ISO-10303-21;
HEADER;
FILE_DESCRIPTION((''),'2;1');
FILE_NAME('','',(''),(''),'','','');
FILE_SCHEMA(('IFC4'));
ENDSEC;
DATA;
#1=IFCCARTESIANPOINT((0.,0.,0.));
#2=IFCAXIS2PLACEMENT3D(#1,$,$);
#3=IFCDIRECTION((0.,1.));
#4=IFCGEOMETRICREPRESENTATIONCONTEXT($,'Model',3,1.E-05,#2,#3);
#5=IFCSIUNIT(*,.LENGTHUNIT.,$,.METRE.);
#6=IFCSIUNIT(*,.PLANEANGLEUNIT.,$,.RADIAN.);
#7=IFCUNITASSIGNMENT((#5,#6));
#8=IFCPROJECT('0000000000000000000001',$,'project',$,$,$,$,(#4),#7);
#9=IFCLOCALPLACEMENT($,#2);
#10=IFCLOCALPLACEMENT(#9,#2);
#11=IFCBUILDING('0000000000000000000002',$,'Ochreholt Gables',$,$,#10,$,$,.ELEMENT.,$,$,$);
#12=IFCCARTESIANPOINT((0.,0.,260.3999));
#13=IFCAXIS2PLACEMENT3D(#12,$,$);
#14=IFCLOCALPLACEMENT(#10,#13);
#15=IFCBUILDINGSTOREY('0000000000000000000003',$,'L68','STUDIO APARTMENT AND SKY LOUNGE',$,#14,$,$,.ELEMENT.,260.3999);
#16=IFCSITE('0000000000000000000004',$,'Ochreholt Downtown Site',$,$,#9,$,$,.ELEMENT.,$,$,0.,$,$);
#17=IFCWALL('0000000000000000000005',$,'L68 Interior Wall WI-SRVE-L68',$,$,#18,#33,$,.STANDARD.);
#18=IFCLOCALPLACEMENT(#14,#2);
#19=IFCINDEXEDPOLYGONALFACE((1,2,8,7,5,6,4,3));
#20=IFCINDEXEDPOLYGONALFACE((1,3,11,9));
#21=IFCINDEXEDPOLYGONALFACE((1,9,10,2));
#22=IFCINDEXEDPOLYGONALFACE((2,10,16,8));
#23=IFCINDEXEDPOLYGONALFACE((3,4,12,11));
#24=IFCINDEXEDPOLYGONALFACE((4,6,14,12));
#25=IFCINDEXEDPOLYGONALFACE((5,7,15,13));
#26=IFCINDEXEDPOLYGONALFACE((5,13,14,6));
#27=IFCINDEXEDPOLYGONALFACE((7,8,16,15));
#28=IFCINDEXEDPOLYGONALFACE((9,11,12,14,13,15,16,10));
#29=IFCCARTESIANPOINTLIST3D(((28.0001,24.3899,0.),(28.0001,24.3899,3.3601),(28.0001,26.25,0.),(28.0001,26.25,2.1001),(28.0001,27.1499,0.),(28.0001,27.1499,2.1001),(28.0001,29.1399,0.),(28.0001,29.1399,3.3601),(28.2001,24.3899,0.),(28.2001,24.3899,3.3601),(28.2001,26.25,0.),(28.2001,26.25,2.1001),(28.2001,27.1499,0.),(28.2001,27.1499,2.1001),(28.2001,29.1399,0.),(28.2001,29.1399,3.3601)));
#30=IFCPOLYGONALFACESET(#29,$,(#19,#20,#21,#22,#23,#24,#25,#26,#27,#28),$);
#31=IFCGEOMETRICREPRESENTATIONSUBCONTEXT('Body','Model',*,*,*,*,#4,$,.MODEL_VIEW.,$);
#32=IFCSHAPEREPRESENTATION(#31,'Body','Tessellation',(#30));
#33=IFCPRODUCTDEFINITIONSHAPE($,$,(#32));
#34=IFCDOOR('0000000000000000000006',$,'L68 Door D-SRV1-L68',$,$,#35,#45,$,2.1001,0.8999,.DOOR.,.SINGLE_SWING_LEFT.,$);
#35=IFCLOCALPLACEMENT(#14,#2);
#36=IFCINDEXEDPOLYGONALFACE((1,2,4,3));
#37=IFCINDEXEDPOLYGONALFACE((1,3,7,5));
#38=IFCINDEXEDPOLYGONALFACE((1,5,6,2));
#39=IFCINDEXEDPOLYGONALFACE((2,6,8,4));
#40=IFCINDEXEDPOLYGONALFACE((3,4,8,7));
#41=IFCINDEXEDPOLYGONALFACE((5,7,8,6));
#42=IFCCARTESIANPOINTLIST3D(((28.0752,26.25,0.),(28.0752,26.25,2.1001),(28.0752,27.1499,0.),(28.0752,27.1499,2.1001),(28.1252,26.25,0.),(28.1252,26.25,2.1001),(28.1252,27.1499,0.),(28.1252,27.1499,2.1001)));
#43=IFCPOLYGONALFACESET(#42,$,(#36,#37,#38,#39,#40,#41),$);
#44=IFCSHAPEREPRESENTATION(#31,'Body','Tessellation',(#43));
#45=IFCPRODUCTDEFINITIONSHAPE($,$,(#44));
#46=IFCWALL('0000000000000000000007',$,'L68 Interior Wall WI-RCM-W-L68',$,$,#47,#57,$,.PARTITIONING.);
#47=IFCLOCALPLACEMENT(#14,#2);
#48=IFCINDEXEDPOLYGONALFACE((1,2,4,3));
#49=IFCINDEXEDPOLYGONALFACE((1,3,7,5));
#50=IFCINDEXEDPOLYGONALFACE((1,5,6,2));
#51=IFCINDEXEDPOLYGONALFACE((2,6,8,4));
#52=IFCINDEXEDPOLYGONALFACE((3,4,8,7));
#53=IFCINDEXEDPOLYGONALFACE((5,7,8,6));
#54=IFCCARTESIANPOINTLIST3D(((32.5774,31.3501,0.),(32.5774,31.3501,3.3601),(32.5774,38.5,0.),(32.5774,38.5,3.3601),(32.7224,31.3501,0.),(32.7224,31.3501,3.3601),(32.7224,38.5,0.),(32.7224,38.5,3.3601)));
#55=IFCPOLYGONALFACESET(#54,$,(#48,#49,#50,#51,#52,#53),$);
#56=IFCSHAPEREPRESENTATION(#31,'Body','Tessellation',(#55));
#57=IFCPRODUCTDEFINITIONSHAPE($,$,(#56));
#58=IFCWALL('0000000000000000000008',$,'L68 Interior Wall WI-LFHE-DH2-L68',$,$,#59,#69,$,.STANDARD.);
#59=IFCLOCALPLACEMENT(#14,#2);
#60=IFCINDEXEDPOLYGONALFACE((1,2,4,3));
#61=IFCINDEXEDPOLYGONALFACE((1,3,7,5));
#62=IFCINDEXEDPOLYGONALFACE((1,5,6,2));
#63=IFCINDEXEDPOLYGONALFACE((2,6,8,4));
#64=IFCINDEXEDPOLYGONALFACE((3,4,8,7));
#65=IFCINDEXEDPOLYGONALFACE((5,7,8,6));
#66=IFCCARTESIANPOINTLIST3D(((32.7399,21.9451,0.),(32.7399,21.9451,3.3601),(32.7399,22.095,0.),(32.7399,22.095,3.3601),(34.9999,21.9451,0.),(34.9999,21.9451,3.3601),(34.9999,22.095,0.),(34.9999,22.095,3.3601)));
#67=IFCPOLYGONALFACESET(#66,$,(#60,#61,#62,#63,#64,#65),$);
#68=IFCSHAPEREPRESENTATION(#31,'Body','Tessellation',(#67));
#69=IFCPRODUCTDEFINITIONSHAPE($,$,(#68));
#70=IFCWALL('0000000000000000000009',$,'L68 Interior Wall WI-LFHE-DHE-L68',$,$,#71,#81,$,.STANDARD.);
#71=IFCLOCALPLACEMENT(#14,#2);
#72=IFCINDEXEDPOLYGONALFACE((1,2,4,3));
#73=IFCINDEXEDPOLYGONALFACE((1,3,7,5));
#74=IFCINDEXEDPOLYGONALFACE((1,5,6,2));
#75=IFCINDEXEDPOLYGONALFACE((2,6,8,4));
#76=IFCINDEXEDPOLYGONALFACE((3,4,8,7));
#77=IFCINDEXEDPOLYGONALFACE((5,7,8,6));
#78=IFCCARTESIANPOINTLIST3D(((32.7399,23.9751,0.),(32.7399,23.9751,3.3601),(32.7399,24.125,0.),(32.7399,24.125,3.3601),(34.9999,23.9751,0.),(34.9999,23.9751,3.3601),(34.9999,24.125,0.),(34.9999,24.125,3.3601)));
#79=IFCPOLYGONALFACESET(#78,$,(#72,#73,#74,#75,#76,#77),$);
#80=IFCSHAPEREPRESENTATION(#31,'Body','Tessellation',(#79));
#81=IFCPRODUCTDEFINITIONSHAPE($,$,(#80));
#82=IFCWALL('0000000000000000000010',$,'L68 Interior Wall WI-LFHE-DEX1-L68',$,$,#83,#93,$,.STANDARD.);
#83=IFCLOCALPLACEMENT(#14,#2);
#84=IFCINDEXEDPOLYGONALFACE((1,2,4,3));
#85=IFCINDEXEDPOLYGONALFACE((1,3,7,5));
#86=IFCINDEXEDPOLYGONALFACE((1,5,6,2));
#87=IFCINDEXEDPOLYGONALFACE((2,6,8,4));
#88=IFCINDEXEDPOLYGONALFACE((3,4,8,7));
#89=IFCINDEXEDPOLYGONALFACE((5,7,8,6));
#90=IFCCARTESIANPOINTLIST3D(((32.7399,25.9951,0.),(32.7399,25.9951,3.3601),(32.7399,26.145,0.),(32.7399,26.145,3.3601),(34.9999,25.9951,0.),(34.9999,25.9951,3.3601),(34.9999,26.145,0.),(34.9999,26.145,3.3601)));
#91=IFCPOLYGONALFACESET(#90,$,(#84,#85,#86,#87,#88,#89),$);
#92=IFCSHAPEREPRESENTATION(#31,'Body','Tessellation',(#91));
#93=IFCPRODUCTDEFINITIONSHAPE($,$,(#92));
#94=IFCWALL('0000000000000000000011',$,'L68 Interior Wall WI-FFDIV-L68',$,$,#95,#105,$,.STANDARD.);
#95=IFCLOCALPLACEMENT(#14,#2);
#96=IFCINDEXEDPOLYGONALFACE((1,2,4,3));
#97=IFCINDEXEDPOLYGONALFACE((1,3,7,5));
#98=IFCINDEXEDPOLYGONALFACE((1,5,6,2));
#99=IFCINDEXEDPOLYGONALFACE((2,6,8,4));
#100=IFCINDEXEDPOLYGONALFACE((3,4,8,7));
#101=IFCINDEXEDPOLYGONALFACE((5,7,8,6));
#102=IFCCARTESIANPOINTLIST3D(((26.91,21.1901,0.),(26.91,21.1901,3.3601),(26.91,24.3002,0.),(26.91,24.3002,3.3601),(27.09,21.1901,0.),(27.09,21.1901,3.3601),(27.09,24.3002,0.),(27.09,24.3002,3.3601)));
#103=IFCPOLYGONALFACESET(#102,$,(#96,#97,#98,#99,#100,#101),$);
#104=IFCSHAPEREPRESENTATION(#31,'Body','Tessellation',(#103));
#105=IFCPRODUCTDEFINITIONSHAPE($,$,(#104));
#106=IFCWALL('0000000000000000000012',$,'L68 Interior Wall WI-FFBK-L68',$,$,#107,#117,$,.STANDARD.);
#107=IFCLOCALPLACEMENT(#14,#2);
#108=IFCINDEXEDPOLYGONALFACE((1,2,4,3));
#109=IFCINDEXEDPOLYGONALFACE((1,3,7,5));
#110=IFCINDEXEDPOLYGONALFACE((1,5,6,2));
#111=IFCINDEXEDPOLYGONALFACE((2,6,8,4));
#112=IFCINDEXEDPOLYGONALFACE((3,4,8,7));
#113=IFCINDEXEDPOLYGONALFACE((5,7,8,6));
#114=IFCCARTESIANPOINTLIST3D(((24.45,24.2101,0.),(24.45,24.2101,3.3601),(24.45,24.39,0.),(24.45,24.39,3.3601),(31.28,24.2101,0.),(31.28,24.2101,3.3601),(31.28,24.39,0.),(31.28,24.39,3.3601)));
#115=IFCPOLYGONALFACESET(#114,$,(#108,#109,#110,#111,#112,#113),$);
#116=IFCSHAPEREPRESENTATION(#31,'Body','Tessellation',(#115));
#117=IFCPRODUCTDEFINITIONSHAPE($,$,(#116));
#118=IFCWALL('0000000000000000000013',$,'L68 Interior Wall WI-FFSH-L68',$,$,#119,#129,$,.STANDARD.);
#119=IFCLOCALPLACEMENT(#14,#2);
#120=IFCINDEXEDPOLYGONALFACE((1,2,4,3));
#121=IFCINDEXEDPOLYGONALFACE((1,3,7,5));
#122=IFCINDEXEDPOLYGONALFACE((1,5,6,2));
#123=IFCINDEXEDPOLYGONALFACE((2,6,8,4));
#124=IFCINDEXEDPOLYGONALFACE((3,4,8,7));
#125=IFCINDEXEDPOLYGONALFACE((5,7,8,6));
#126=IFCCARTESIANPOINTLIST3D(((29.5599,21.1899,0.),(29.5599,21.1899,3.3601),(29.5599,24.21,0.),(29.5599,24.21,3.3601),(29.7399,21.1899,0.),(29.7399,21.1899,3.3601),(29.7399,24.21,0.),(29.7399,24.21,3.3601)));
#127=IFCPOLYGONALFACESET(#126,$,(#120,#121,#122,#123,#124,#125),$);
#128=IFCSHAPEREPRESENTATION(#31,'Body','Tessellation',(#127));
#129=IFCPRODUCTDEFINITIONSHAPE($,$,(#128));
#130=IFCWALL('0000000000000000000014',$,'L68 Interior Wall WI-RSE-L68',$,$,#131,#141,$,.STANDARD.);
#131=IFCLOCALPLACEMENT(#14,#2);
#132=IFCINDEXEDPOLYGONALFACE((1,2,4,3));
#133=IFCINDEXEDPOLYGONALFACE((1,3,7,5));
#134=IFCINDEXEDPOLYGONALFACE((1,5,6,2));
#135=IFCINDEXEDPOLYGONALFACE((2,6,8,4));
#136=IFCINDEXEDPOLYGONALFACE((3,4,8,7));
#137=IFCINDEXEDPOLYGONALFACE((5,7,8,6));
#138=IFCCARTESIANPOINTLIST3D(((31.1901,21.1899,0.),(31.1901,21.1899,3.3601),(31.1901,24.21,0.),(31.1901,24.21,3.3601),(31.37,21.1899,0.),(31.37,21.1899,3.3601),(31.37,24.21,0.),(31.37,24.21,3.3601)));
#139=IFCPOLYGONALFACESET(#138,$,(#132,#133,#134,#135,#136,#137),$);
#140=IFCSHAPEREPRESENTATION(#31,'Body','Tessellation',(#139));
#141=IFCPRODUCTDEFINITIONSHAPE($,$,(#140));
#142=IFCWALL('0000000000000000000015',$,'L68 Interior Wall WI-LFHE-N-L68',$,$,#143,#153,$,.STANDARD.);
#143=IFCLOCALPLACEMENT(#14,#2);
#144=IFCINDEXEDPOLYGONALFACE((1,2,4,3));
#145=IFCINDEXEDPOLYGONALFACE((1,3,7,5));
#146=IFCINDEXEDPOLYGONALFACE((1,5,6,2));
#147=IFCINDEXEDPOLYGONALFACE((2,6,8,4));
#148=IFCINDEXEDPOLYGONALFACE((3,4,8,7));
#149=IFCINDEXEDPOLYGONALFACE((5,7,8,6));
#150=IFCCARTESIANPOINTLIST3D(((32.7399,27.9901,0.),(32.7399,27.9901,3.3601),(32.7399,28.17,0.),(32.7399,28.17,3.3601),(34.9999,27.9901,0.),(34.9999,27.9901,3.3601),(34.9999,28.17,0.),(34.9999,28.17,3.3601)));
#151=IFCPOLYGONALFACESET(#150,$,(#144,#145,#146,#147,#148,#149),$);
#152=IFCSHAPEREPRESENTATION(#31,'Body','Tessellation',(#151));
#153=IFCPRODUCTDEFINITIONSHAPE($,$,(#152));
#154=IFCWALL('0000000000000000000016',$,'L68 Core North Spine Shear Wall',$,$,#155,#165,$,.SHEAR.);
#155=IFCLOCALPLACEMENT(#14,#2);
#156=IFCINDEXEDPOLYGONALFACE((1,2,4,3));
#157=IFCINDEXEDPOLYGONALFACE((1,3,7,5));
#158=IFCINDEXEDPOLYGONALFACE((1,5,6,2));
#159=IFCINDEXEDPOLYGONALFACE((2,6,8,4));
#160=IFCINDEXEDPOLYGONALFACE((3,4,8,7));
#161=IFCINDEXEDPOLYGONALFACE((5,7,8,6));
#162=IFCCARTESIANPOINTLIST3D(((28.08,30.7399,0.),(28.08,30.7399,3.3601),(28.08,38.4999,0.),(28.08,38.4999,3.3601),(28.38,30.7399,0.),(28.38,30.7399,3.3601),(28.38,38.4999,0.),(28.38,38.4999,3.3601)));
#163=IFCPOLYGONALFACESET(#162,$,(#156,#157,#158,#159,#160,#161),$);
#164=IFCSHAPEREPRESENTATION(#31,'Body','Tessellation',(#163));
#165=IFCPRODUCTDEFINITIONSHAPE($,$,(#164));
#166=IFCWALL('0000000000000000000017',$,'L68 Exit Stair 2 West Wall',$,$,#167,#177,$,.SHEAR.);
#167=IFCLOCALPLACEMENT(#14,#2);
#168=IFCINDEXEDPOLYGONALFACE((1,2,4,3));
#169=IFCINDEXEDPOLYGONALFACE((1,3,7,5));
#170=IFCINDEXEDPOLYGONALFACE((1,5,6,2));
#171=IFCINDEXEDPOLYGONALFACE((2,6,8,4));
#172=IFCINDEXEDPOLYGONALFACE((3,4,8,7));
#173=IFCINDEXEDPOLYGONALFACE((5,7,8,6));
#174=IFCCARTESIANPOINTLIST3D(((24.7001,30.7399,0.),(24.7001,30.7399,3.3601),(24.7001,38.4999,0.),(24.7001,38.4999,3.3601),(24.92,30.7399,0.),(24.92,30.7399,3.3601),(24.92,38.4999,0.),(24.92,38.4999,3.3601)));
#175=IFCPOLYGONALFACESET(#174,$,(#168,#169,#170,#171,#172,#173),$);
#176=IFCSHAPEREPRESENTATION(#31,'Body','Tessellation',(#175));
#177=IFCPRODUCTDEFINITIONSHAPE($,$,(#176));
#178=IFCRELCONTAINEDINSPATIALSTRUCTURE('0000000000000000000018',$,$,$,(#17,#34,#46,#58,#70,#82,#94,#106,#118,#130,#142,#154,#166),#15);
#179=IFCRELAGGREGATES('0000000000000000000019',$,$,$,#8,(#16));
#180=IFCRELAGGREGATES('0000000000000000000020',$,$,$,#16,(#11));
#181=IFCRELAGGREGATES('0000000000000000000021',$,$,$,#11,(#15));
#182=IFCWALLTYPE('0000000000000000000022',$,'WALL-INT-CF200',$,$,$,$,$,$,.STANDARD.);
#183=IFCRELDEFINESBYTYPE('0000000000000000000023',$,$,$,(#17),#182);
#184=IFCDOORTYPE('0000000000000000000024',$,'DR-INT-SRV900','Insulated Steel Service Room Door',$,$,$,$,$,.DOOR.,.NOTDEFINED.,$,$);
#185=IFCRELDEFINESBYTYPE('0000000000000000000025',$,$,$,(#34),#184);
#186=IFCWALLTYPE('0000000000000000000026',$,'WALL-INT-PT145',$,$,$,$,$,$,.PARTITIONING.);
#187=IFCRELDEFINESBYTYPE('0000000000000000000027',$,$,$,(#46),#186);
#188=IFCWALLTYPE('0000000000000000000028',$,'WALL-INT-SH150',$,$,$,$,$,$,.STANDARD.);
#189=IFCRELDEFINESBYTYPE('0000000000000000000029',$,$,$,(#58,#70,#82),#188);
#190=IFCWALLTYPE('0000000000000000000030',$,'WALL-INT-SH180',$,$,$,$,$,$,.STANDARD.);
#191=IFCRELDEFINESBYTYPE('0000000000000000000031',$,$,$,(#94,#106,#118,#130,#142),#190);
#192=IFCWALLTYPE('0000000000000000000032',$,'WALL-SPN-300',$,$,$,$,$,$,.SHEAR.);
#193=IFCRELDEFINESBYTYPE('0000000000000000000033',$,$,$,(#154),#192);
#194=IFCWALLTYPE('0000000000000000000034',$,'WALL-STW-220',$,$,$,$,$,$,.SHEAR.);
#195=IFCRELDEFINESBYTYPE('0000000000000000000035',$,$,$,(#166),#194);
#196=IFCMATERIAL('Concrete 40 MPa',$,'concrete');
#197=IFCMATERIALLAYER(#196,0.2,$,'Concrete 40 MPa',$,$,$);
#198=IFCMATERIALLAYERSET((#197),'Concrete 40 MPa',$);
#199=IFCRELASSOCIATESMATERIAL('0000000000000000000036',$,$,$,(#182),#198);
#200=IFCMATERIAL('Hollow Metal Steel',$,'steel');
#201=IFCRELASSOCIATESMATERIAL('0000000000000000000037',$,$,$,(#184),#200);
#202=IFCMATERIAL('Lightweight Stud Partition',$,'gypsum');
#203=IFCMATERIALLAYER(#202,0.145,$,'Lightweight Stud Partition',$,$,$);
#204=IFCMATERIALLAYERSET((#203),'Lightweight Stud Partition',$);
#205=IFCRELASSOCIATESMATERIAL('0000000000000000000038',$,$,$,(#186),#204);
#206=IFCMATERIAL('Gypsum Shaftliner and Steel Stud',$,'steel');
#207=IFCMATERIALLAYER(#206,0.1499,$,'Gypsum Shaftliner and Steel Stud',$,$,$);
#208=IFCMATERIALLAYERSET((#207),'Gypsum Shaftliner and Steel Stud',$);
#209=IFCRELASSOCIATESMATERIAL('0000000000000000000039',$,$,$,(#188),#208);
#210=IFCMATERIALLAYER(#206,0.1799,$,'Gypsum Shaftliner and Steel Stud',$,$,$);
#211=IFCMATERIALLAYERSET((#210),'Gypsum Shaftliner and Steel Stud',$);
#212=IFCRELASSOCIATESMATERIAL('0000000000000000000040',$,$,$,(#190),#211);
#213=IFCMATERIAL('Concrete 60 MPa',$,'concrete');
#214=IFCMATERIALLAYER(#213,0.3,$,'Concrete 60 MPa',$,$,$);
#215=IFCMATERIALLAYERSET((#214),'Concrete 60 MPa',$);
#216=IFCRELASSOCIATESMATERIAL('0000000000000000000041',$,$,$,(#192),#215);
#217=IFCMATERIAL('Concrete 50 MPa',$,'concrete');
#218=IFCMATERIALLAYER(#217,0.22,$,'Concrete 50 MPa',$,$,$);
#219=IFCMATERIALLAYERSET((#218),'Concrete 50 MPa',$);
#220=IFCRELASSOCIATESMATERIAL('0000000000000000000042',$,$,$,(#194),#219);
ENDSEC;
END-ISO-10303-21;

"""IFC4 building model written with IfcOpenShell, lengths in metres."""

from ifc_helpers import new_model, si_unit, direction, frame, frame_2d, origin, place, context, subcontext, project, spatial, rectangle, extrude, material, layer, layer_set, type_object, element, fill, save


model = new_model("IFC4")

# Units and contexts
model_context = context("Model", 3, precision=1e-05, world=origin(), true_north=direction((0.0, 1.0)))
body_context = subcontext(model_context, "Body", "Model", "MODEL_VIEW")
ifc_project = project(units=[si_unit("LENGTHUNIT", "METRE"), si_unit("PLANEANGLEUNIT", "RADIAN")], contexts=[model_context])

# Site, building, storey
site_placement = place(None, origin())
site = spatial("IfcSite", under=ifc_project, at=site_placement, Name="Ochreholt Downtown Site", CompositionType="ELEMENT", RefElevation=0.0)
building_placement = place(site_placement, origin())
building = spatial("IfcBuilding", under=site, at=building_placement, Name="Ochreholt Gables", CompositionType="ELEMENT")
storey_placement = place(building_placement, frame((0.0, 0.0, 260.3999)))
storey = spatial("IfcBuildingStorey", under=building, at=storey_placement, Name="L68", Description="STUDIO APARTMENT AND SKY LOUNGE", CompositionType="ELEMENT", Elevation=260.3999)

# Shared definitions
ifc_material_1 = material(Name="Concrete 50 MPa", Category="concrete")

# Shared definitions
ifc_material_2 = material(Name="Concrete 40 MPa", Category="concrete")
ifc_layer_1 = layer(ifc_material_2, 0.2, Name="Concrete 40 MPa")
ifc_layer_set_1 = layer_set([ifc_layer_1], Name="Concrete 40 MPa")
wall_type_1 = type_object("IfcWallType", Name="WALL-INT-CF200", PredefinedType="STANDARD", material=ifc_layer_set_1)

# Wall, opening, door
wall_1_placement = place(storey_placement, frame((28.1001, 24.3899, 0.0), z_axis=(0.0, 0.0, 1.0), x_axis=(0.0, 1.0, 0.0)))
wall_1 = element("IfcWall", 1, at=wall_1_placement, inside=storey, type_object=wall_type_1, Name="L68 Interior Wall WI-SRVE-L68", PredefinedType="STANDARD", context=body_context, shape_type="SweptSolid", body=[
    extrude(rectangle(XDim=4.75, YDim=0.2, at=frame_2d((2.375, 0.0))), origin(), (0.0, 0.0, 1.0), 3.3601),
])
opening_1_placement = place(wall_1_placement, frame((1.8601, 0.0, 0.0)))
opening_1 = element("IfcOpeningElement", 2, at=opening_1_placement, cuts=wall_1, PredefinedType="OPENING", context=body_context, shape_type="SweptSolid", body=[
    extrude(rectangle(XDim=0.8999, YDim=2.1001, at=frame_2d((0.45, 1.05))), frame((0.0, 0.1099, 0.0), z_axis=(0.0, -1.0, 0.0), x_axis=(1.0, 0.0, 0.0)), (0.0, 0.0, 1.0), 0.22),
])
ifc_material_3 = material(Name="Hollow Metal Steel", Category="steel")
door_type_1 = type_object("IfcDoorType", Name="DR-INT-SRV900", Description="Insulated Steel Service Room Door", OperationType="NOTDEFINED", PredefinedType="DOOR", material=ifc_material_3)
door_1_placement = place(opening_1_placement, origin())
door_1 = element("IfcDoor", 3, at=door_1_placement, inside=storey, type_object=door_type_1, Name="L68 Door D-SRV1-L68", OperationType="SINGLE_SWING_LEFT", OverallHeight=2.1001, OverallWidth=0.8999, PredefinedType="DOOR", context=body_context, shape_type="SweptSolid", body=[
    extrude(rectangle(XDim=0.8999, YDim=2.1001, at=frame_2d((0.45, 1.05))), frame((0.0, 0.0249, 0.0), z_axis=(0.0, -1.0, 0.0), x_axis=(1.0, 0.0, 0.0)), (0.0, 0.0, 1.0), 0.05),
])
fill(opening_1, door_1)

# Walls
ifc_material_4 = material(Name="Lightweight Stud Partition", Category="gypsum")
ifc_layer_2 = layer(ifc_material_4, 0.145, Name="Lightweight Stud Partition")
ifc_layer_set_2 = layer_set([ifc_layer_2], Name="Lightweight Stud Partition")
wall_type_2 = type_object("IfcWallType", Name="WALL-INT-PT145", PredefinedType="PARTITIONING", material=ifc_layer_set_2)
wall_2_placement = place(storey_placement, frame((32.6499, 31.3501, 0.0), z_axis=(0.0, 0.0, 1.0), x_axis=(0.0, 1.0, 0.0)))
element("IfcWall", 4, at=wall_2_placement, inside=storey, type_object=wall_type_2, Name="L68 Interior Wall WI-RCM-W-L68", PredefinedType="PARTITIONING", context=body_context, shape_type="SweptSolid", body=[
    extrude(rectangle(XDim=7.1499, YDim=0.145, at=frame_2d((3.575, 0.0))), origin(), (0.0, 0.0, 1.0), 3.3601),
])
ifc_material_5 = material(Name="Gypsum Shaftliner and Steel Stud", Category="steel")
ifc_layer_3 = layer(ifc_material_5, 0.1499, Name="Gypsum Shaftliner and Steel Stud")
ifc_layer_set_3 = layer_set([ifc_layer_3], Name="Gypsum Shaftliner and Steel Stud")
wall_type_3 = type_object("IfcWallType", Name="WALL-INT-SH150", PredefinedType="STANDARD", material=ifc_layer_set_3)
for number, where, z_axis, x_axis, name in (
    (5, (32.74, 22.02, 0.0), (0.0, 0.0, 1.0), (1.0, 0.0, 0.0), "L68 Interior Wall WI-LFHE-DH2-L68"),
    (6, (32.74, 24.05, 0.0), (0.0, 0.0, 1.0), (1.0, 0.0, 0.0), "L68 Interior Wall WI-LFHE-DHE-L68"),
    (7, (32.74, 26.0701, 0.0), (0.0, 0.0, 1.0), (1.0, 0.0, 0.0), "L68 Interior Wall WI-LFHE-DEX1-L68"),
):
    element("IfcWall", number, at=place(storey_placement, frame(where, z_axis=z_axis, x_axis=x_axis)), inside=storey, type_object=wall_type_3, Name=name, PredefinedType="STANDARD", context=body_context, shape_type="SweptSolid", body=[
        extrude(rectangle(XDim=2.26, YDim=0.1499, at=frame_2d((1.1299, 0.0))), origin(), (0.0, 0.0, 1.0), 3.3601),
    ])
ifc_layer_4 = layer(ifc_material_5, 0.1799, Name="Gypsum Shaftliner and Steel Stud")
ifc_layer_set_4 = layer_set([ifc_layer_4], Name="Gypsum Shaftliner and Steel Stud")
wall_type_4 = type_object("IfcWallType", Name="WALL-INT-SH180", PredefinedType="STANDARD", material=ifc_layer_set_4)
wall_3_placement = place(storey_placement, frame((27.0, 21.1899, 0.0), z_axis=(0.0, 0.0, 1.0), x_axis=(0.0, 1.0, 0.0)))
element("IfcWall", 8, at=wall_3_placement, inside=storey, type_object=wall_type_4, Name="L68 Interior Wall WI-FFDIV-L68", PredefinedType="STANDARD", context=body_context, shape_type="SweptSolid", body=[
    extrude(rectangle(XDim=3.1101, YDim=0.1799, at=frame_2d((1.5552, 0.0))), origin(), (0.0, 0.0, 1.0), 3.3601),
])
wall_4_placement = place(storey_placement, frame((24.45, 24.3, 0.0), z_axis=(0.0, 0.0, 1.0), x_axis=(1.0, 0.0, 0.0)))
element("IfcWall", 9, at=wall_4_placement, inside=storey, type_object=wall_type_4, Name="L68 Interior Wall WI-FFBK-L68", PredefinedType="STANDARD", context=body_context, shape_type="SweptSolid", body=[
    extrude(rectangle(XDim=6.8301, YDim=0.1799, at=frame_2d((3.415, 0.0))), origin(), (0.0, 0.0, 1.0), 3.3601),
])
for number, where, z_axis, x_axis, name in (
    (10, (29.6499, 21.1899, 0.0), (0.0, 0.0, 1.0), (0.0, 1.0, 0.0), "L68 Interior Wall WI-FFSH-L68"),
    (11, (31.28, 21.1899, 0.0), (0.0, 0.0, 1.0), (0.0, 1.0, 0.0), "L68 Interior Wall WI-RSE-L68"),
):
    element("IfcWall", number, at=place(storey_placement, frame(where, z_axis=z_axis, x_axis=x_axis)), inside=storey, type_object=wall_type_4, Name=name, PredefinedType="STANDARD", context=body_context, shape_type="SweptSolid", body=[
        extrude(rectangle(XDim=3.02, YDim=0.1799, at=frame_2d((1.51, 0.0))), origin(), (0.0, 0.0, 1.0), 3.3601),
    ])
wall_5_placement = place(storey_placement, frame((32.74, 28.0801, 0.0), z_axis=(0.0, 0.0, 1.0), x_axis=(1.0, 0.0, 0.0)))
element("IfcWall", 12, at=wall_5_placement, inside=storey, type_object=wall_type_4, Name="L68 Interior Wall WI-LFHE-N-L68", PredefinedType="STANDARD", context=body_context, shape_type="SweptSolid", body=[
    extrude(rectangle(XDim=2.26, YDim=0.1799, at=frame_2d((1.1299, 0.0))), origin(), (0.0, 0.0, 1.0), 3.3601),
])
ifc_material_6 = material(Name="Concrete 60 MPa", Category="concrete")
ifc_layer_5 = layer(ifc_material_6, 0.3, Name="Concrete 60 MPa")
ifc_layer_set_5 = layer_set([ifc_layer_5], Name="Concrete 60 MPa")
wall_type_5 = type_object("IfcWallType", Name="WALL-SPN-300", PredefinedType="SHEAR", material=ifc_layer_set_5)
wall_6_placement = place(storey_placement, frame((28.23, 30.74, 0.0), z_axis=(0.0, 0.0, 1.0), x_axis=(0.0, 1.0, 0.0)))
element("IfcWall", 13, at=wall_6_placement, inside=storey, type_object=wall_type_5, Name="L68 Core North Spine Shear Wall", PredefinedType="SHEAR", context=body_context, shape_type="SweptSolid", body=[
    extrude(rectangle(XDim=7.76, YDim=0.3, at=frame_2d((3.8799, 0.0))), origin(), (0.0, 0.0, 1.0), 3.3601),
])
ifc_layer_6 = layer(ifc_material_1, 0.22, Name="Concrete 50 MPa")
ifc_layer_set_6 = layer_set([ifc_layer_6], Name="Concrete 50 MPa")
wall_type_6 = type_object("IfcWallType", Name="WALL-STW-220", PredefinedType="SHEAR", material=ifc_layer_set_6)
wall_7_placement = place(storey_placement, frame((24.8101, 30.74, 0.0), z_axis=(0.0, 0.0, 1.0), x_axis=(0.0, 1.0, 0.0)))
element("IfcWall", 14, at=wall_7_placement, inside=storey, type_object=wall_type_6, Name="L68 Exit Stair 2 West Wall", PredefinedType="SHEAR", context=body_context, shape_type="SweptSolid", body=[
    extrude(rectangle(XDim=7.76, YDim=0.22, at=frame_2d((3.8799, 0.0))), origin(), (0.0, 0.0, 1.0), 3.3601),
])

save(model, "model.ifc")
